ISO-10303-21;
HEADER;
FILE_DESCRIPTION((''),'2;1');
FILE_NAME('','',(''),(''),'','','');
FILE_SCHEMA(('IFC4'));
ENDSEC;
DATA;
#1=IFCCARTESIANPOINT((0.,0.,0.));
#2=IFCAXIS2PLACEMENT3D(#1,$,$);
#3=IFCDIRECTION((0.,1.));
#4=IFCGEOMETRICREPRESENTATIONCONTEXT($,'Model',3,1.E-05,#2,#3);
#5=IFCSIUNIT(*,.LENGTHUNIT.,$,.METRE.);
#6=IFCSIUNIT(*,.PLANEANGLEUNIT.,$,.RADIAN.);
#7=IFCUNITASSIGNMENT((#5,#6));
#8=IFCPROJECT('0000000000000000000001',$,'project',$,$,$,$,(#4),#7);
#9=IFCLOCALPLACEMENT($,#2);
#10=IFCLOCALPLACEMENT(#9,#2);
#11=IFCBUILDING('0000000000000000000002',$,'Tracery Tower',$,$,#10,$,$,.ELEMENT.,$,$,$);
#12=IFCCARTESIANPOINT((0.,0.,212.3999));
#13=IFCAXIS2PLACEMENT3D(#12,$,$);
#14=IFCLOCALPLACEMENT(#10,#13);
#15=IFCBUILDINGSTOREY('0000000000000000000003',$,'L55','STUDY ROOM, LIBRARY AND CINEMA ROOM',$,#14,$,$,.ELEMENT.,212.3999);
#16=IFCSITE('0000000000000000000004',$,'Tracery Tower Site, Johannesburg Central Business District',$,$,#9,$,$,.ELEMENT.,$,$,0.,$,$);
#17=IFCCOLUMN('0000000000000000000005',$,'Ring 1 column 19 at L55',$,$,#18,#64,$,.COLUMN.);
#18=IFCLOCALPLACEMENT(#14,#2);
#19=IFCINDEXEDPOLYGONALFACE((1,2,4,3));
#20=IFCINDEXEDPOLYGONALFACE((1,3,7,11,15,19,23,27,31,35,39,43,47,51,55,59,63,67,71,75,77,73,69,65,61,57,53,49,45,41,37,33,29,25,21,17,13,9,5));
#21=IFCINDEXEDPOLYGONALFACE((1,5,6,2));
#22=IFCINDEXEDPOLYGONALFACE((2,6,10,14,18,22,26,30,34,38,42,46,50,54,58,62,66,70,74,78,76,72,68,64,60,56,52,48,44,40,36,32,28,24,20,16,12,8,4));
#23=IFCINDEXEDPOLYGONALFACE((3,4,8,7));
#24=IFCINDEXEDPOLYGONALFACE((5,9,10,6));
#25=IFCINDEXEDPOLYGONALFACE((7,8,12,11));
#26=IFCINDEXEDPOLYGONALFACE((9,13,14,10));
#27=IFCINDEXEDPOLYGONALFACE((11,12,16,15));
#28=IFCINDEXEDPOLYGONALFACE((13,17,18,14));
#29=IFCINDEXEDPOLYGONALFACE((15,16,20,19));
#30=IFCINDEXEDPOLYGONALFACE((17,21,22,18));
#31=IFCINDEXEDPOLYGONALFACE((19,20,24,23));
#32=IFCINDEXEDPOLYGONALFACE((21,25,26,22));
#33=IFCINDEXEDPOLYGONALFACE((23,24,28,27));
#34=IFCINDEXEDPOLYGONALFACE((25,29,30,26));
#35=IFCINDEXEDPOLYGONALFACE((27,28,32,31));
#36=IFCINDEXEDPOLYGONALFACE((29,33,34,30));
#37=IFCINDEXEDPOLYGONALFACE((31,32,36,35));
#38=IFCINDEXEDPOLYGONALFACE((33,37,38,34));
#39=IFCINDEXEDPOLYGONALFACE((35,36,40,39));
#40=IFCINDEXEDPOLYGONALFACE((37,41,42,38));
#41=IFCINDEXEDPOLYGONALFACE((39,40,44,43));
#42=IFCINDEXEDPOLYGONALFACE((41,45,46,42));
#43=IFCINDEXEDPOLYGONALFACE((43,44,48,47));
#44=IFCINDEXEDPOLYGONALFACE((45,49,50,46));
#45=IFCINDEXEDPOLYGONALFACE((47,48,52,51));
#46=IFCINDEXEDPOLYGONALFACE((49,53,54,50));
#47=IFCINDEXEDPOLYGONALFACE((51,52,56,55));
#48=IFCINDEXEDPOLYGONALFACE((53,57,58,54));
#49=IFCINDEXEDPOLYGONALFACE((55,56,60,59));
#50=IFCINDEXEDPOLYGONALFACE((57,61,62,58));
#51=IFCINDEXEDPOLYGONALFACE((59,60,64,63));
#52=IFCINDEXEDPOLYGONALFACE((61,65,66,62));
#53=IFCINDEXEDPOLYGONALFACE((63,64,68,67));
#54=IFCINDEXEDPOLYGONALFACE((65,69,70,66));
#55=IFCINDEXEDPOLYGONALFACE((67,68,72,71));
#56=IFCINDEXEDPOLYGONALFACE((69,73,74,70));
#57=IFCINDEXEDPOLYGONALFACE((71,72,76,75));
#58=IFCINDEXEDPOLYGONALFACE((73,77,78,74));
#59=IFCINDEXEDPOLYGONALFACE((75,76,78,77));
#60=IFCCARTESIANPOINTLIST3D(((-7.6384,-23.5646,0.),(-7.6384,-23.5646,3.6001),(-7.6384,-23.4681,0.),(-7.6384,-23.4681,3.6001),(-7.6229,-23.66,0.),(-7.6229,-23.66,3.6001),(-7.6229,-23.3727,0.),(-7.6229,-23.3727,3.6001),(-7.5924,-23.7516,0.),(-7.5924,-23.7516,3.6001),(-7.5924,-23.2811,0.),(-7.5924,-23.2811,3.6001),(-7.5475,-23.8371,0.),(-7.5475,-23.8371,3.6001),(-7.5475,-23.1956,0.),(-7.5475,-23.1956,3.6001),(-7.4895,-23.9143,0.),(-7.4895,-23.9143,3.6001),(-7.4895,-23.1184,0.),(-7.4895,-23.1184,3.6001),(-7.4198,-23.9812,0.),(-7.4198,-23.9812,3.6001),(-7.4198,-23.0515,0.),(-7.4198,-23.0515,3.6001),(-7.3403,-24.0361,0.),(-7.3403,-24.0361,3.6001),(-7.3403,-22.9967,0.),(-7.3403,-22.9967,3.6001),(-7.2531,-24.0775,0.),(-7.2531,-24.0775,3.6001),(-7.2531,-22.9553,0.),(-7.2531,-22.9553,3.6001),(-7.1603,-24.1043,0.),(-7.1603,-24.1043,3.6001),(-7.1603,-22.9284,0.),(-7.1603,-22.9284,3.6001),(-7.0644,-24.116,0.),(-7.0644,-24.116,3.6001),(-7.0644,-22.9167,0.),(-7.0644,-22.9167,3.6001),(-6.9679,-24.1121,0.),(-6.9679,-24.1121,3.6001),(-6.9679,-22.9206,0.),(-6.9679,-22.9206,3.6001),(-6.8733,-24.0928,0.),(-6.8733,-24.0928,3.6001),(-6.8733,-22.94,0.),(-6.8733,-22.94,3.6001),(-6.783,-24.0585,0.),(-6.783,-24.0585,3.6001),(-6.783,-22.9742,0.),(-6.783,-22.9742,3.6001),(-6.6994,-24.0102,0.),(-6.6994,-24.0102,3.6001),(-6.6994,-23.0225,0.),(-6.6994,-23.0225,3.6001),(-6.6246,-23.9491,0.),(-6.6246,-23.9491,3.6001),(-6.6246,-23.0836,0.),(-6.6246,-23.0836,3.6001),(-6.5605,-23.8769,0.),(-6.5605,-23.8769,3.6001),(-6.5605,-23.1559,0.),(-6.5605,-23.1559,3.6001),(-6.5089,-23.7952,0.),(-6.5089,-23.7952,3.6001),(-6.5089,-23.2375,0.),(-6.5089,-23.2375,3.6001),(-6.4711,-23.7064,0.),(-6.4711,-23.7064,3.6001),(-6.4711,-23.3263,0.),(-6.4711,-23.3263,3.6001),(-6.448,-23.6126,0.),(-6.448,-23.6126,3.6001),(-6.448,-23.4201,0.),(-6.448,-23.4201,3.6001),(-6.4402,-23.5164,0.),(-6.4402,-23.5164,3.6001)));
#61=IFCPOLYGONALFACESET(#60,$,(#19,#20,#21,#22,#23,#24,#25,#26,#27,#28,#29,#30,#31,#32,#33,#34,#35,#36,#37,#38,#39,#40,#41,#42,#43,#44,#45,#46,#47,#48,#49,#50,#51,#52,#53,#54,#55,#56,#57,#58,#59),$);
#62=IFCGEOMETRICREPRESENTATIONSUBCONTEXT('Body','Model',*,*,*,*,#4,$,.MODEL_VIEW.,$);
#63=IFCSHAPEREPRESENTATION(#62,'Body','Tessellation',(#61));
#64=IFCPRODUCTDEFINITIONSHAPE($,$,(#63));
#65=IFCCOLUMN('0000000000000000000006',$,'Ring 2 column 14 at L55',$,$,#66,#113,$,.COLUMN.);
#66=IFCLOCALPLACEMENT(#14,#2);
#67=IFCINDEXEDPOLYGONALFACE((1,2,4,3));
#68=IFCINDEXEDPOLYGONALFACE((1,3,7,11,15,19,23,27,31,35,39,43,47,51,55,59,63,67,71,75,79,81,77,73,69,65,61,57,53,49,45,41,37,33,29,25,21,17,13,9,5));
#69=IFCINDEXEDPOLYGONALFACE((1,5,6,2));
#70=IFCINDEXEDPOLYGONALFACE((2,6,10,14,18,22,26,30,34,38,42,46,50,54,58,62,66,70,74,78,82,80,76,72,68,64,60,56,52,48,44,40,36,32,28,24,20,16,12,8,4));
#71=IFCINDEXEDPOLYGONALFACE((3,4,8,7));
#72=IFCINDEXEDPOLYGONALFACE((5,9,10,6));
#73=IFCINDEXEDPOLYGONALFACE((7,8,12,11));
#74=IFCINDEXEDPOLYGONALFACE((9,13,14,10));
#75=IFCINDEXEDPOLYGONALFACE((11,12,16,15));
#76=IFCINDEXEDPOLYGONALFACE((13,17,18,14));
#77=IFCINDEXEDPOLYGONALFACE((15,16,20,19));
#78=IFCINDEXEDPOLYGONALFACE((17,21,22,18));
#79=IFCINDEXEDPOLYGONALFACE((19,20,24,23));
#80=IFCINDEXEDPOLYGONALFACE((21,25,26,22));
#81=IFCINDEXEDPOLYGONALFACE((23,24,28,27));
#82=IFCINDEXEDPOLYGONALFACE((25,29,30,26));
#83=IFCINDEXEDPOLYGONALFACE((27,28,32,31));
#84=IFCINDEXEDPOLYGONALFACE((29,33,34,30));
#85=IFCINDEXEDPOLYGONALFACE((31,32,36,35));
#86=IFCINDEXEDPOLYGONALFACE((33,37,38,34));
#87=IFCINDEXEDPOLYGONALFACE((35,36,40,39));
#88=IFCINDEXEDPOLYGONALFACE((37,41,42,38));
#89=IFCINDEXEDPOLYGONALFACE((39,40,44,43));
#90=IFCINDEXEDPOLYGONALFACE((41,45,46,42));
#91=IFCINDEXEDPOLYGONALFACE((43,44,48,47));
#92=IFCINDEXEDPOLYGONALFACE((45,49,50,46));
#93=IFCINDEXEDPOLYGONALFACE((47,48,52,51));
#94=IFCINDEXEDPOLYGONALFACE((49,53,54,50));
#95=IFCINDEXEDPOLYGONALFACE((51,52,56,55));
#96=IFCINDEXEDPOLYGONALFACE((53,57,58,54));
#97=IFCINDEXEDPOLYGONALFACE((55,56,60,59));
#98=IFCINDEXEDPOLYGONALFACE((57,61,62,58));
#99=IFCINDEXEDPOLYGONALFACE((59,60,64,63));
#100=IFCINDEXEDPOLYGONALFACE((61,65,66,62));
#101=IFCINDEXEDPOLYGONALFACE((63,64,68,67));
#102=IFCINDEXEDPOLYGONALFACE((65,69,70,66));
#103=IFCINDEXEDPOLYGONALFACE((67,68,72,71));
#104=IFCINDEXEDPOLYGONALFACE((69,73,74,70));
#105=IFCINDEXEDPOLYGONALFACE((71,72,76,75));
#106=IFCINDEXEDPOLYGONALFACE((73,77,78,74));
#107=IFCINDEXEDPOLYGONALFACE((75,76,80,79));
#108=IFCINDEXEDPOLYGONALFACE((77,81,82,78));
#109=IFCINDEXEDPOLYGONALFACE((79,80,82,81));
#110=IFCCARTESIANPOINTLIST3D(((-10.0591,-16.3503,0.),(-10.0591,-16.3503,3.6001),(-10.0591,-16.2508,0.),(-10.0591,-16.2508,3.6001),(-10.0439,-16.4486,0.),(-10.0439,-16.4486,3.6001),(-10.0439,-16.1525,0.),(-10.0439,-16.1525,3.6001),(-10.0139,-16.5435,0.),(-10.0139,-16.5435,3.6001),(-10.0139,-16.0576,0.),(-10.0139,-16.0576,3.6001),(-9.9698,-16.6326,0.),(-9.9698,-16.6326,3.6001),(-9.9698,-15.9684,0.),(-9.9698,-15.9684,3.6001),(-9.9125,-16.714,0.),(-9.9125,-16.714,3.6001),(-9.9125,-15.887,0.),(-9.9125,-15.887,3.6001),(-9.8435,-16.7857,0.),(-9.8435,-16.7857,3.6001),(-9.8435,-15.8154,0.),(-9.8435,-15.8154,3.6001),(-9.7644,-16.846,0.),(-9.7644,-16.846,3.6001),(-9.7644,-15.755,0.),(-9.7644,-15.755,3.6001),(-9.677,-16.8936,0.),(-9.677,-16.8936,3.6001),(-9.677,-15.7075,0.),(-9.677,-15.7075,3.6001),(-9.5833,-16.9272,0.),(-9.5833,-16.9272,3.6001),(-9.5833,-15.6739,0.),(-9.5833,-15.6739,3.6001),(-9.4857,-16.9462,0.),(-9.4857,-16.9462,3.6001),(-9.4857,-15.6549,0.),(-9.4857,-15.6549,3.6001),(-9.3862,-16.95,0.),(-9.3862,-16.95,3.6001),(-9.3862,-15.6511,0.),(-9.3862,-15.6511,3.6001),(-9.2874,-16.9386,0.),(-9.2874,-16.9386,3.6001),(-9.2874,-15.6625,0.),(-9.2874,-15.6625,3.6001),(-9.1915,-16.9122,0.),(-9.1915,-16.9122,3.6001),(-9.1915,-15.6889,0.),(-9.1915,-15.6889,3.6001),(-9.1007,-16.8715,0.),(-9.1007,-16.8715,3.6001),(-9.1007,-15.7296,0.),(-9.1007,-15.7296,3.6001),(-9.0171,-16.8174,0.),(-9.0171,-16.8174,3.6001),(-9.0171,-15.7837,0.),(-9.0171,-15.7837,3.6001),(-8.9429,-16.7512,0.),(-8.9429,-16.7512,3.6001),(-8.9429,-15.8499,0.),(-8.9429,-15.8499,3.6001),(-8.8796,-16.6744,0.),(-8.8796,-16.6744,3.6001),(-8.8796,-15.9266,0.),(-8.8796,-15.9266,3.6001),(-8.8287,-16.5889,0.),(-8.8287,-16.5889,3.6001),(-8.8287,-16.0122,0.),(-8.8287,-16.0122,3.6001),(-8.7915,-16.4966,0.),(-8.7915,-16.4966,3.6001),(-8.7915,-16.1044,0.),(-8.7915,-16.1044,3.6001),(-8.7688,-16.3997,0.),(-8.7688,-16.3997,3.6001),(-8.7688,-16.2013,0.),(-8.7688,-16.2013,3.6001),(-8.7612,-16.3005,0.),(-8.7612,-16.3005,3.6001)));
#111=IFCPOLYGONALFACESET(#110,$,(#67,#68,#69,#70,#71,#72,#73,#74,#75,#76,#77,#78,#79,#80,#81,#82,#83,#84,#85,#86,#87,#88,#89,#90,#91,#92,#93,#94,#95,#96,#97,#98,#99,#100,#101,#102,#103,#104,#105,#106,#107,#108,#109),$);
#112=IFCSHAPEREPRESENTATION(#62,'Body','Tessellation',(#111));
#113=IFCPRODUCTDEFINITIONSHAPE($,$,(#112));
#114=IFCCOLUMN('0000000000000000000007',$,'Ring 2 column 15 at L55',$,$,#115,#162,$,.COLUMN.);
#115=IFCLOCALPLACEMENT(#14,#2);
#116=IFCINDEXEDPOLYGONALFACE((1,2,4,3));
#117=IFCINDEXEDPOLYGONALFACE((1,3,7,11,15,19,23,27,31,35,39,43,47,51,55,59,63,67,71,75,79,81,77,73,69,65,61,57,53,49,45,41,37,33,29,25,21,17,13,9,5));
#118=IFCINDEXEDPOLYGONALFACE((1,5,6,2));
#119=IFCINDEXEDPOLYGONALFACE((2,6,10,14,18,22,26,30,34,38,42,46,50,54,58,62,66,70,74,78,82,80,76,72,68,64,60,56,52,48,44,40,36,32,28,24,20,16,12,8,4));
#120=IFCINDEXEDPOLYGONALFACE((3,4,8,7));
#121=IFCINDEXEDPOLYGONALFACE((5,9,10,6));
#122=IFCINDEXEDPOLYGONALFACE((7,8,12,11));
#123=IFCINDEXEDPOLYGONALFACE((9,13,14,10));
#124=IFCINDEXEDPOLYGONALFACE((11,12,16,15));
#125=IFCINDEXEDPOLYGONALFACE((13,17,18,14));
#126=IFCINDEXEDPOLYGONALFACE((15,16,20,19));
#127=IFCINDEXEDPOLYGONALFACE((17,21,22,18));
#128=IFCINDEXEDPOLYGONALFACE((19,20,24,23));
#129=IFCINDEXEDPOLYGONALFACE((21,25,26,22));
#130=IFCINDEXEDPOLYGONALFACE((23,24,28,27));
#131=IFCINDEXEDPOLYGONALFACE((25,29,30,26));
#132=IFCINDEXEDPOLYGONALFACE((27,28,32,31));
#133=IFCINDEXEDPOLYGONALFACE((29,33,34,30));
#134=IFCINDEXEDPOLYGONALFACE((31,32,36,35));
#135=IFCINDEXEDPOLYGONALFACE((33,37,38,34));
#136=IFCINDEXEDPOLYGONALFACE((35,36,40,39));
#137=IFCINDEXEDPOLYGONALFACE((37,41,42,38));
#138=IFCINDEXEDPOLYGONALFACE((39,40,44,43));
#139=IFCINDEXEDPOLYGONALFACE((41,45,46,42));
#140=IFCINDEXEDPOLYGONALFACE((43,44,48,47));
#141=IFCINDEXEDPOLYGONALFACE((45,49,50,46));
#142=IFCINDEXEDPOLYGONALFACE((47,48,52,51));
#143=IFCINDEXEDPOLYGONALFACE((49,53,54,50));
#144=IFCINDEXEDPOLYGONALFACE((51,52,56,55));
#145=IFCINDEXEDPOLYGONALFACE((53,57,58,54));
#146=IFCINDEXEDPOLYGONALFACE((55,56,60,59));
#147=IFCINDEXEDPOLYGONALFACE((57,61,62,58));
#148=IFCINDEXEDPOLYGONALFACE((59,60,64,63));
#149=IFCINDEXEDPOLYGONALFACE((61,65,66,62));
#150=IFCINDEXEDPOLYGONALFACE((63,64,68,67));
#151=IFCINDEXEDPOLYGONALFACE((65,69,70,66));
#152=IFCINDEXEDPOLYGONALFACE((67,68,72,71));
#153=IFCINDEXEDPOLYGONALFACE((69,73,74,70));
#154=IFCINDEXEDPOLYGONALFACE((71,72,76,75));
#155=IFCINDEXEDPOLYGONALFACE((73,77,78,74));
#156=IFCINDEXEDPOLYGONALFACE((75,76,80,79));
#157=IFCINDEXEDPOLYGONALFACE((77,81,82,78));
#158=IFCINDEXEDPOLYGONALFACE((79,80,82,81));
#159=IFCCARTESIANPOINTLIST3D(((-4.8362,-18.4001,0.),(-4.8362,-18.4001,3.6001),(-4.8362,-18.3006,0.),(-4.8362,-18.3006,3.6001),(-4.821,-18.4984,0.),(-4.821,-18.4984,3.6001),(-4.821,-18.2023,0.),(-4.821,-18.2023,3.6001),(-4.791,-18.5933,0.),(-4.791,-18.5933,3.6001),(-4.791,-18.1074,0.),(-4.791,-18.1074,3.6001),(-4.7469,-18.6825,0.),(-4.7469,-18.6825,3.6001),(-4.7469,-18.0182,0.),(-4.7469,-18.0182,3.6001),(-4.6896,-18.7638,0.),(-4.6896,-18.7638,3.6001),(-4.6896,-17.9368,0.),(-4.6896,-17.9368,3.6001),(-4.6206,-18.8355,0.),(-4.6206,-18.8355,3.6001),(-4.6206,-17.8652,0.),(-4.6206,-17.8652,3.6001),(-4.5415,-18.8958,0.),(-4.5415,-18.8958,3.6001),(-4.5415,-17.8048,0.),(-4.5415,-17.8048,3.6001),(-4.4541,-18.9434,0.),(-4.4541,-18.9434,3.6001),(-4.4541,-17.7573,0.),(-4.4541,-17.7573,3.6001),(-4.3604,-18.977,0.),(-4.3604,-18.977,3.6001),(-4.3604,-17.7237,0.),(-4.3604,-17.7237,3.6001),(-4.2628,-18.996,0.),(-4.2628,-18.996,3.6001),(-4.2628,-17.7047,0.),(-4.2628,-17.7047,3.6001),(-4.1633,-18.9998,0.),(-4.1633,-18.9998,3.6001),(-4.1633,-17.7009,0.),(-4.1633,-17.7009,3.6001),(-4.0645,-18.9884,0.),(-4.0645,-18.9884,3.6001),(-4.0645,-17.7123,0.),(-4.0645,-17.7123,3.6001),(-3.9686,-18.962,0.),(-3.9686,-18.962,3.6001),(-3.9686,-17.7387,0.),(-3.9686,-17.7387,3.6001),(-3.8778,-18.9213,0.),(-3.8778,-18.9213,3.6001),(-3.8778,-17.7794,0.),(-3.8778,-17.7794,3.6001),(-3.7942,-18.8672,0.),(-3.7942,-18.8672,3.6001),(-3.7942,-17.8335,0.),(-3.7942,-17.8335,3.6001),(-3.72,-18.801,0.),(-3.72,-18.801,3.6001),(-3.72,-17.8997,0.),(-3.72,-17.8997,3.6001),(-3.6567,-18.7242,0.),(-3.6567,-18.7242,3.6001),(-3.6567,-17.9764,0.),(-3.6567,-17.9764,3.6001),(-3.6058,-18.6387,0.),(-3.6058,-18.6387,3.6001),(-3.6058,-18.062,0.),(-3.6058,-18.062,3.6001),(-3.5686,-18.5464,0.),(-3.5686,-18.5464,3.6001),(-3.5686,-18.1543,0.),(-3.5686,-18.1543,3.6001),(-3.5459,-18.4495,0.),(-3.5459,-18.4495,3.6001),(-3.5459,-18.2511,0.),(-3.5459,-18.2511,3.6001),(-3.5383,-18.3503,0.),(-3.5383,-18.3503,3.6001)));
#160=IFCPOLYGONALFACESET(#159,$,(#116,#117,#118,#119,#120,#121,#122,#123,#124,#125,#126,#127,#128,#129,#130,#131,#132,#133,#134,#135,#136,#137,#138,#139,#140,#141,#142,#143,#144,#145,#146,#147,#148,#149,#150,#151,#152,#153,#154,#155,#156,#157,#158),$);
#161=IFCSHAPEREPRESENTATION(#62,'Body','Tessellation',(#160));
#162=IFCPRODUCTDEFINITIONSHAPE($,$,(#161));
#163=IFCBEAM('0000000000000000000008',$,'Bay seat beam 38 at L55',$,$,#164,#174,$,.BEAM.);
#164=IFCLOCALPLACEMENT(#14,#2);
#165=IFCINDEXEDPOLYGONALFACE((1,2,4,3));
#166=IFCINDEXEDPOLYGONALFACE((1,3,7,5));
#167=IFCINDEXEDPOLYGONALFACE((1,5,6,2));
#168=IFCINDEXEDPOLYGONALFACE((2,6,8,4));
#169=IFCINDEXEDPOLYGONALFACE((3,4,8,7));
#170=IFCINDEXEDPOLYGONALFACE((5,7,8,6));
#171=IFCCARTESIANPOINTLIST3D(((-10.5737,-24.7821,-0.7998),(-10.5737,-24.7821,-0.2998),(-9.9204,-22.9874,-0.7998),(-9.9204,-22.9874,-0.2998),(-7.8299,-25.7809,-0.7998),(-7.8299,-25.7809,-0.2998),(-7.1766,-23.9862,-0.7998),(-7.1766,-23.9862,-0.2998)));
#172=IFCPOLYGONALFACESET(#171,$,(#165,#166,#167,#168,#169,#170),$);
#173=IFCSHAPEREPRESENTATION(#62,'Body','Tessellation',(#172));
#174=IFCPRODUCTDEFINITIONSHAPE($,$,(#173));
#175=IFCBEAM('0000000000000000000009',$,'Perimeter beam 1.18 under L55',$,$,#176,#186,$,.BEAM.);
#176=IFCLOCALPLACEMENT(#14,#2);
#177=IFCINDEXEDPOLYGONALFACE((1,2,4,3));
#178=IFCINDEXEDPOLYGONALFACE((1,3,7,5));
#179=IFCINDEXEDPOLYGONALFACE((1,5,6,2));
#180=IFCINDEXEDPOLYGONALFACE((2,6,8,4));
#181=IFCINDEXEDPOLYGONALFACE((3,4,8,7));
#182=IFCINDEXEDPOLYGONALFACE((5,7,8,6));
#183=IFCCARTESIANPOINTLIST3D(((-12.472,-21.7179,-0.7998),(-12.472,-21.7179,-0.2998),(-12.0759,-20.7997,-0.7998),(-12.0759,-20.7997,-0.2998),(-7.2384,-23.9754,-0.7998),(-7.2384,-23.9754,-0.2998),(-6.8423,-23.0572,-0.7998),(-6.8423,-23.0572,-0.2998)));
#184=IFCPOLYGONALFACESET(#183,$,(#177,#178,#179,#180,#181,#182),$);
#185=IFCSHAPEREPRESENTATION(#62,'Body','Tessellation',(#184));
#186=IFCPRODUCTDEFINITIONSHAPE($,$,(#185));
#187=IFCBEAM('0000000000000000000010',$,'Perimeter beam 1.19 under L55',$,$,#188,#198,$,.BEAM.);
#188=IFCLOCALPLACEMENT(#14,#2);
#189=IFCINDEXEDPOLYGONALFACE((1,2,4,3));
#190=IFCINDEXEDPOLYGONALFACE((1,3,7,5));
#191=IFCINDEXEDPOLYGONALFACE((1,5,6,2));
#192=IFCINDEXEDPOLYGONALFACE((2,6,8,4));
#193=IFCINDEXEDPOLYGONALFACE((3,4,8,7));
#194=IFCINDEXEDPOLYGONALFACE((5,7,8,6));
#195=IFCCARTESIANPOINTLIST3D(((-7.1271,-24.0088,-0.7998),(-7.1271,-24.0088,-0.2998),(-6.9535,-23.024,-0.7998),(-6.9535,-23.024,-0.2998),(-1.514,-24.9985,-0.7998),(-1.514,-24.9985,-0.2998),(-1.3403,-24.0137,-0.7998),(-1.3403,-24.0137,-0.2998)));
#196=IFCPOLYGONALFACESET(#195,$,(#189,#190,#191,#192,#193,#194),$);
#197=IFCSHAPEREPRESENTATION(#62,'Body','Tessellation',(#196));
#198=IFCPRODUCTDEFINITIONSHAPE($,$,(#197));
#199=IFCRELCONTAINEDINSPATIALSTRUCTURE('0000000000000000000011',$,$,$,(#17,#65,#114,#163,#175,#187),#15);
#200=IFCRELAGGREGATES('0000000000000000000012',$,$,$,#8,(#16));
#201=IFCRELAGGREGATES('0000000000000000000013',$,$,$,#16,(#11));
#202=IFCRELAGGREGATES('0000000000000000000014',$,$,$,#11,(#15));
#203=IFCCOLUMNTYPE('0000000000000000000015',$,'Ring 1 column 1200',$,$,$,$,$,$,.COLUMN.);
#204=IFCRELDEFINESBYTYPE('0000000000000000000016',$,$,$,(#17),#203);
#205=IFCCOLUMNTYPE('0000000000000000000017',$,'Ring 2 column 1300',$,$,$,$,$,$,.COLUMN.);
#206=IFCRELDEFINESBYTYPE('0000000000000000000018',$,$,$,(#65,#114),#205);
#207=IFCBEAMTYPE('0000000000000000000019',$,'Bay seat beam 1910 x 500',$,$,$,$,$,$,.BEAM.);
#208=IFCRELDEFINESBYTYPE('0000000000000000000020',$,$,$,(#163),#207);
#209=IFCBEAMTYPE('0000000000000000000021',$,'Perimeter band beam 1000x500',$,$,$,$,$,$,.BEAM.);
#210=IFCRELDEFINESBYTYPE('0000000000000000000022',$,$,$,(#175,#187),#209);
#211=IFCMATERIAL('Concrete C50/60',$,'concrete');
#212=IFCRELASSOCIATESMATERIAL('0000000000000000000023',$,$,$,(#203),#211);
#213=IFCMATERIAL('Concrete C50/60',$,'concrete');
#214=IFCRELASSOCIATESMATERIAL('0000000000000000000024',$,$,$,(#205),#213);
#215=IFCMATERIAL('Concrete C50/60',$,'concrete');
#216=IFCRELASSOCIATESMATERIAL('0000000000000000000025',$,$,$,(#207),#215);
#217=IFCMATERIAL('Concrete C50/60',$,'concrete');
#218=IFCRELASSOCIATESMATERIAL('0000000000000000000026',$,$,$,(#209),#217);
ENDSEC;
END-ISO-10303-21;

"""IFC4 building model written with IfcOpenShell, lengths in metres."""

from ifc_helpers import new_model, si_unit, direction, frame, origin, origin_2d, place, context, subcontext, project, spatial, rectangle, circle, extrude, material, material_profile, profile_set, type_object, element, save


model = new_model("IFC4")

# Units and contexts
model_context = context("Model", 3, precision=1e-05, world=origin(), true_north=direction((0.0, 1.0)))
body_context = subcontext(model_context, "Body", "Model", "MODEL_VIEW")
ifc_project = project(units=[si_unit("LENGTHUNIT", "METRE"), si_unit("PLANEANGLEUNIT", "RADIAN")], contexts=[model_context])

# Site, building, storey
site_placement = place(None, origin())
site = spatial("IfcSite", under=ifc_project, at=site_placement, Name="Tracery Tower Site, Johannesburg Central Business District", CompositionType="ELEMENT", RefElevation=0.0)
building_placement = place(site_placement, origin())
building = spatial("IfcBuilding", under=site, at=building_placement, Name="Tracery Tower", CompositionType="ELEMENT")
storey_placement = place(building_placement, frame((0.0, 0.0, 212.3999)))
storey = spatial("IfcBuildingStorey", under=building, at=storey_placement, Name="L55", Description="STUDY ROOM, LIBRARY AND CINEMA ROOM", CompositionType="ELEMENT", Elevation=212.3999)

# Columns
ifc_material_1 = material(Name="Concrete C50/60", Category="concrete")
ifc_material_profile_1 = material_profile(ifc_material_1, circle(Radius=0.6001, at=origin_2d()), Name="RC D1200")
ifc_profile_set_1 = profile_set([ifc_material_profile_1], Name="Concrete C50/60")
column_type_1 = type_object("IfcColumnType", Name="Ring 1 column 1200", PredefinedType="COLUMN", material=ifc_profile_set_1)
column_placement = place(storey_placement, frame((-7.0403, -23.5164, 0.0), z_axis=(0.0, 0.0, 1.0), x_axis=(1.0, 0.0, 0.0)))
element("IfcColumn", 1, at=column_placement, inside=storey, type_object=column_type_1, Name="Ring 1 column 19 at L55", PredefinedType="COLUMN", context=body_context, shape_type="SweptSolid", body=[
    extrude(circle(Radius=0.6001, at=origin_2d()), origin(), (0.0, 0.0, 1.0), 3.6001),
])
ifc_material_2 = material(Name="Concrete C50/60", Category="concrete")
ifc_material_profile_2 = material_profile(ifc_material_2, circle(Radius=0.6499, at=origin_2d()), Name="RC D1300")
ifc_profile_set_2 = profile_set([ifc_material_profile_2], Name="Concrete C50/60")
column_type_2 = type_object("IfcColumnType", Name="Ring 2 column 1300", PredefinedType="COLUMN", material=ifc_profile_set_2)
for number, where, z_axis, x_axis, name in (
    (2, (-9.4111, -16.3005, 0.0), (0.0, 0.0, 1.0), (1.0, 0.0, 0.0), "Ring 2 column 14 at L55"),
    (3, (-4.1882, -18.3503, 0.0), (0.0, 0.0, 1.0), (1.0, 0.0, 0.0), "Ring 2 column 15 at L55"),
):
    element("IfcColumn", number, at=place(storey_placement, frame(where, z_axis=z_axis, x_axis=x_axis)), inside=storey, type_object=column_type_2, Name=name, PredefinedType="COLUMN", context=body_context, shape_type="SweptSolid", body=[
        extrude(circle(Radius=0.6499, at=origin_2d()), origin(), (0.0, 0.0, 1.0), 3.6001),
    ])

# Beams
ifc_material_3 = material(Name="Concrete C50/60", Category="concrete")
ifc_material_profile_3 = material_profile(ifc_material_3, rectangle(XDim=1.9099, YDim=0.5, at=origin_2d()), Name="RC 1910x500")
ifc_profile_set_3 = profile_set([ifc_material_profile_3], Name="Concrete C50/60")
beam_type_1 = type_object("IfcBeamType", Name="Bay seat beam 1910 x 500", PredefinedType="BEAM", material=ifc_profile_set_3)
beam_placement = place(storey_placement, frame((-10.2471, -23.8848, -0.5498), z_axis=(0.939684, -0.342045, 0.0), x_axis=(0.342045, 0.939684, 0.0)))
element("IfcBeam", 4, at=beam_placement, inside=storey, type_object=beam_type_1, Name="Bay seat beam 38 at L55", PredefinedType="BEAM", context=body_context, shape_type="SweptSolid", body=[
    extrude(rectangle(XDim=1.9099, YDim=0.5, at=origin_2d()), origin(), (0.0, 0.0, 1.0), 2.9199),
])
ifc_material_4 = material(Name="Concrete C50/60", Category="concrete")
ifc_material_profile_4 = material_profile(ifc_material_4, rectangle(XDim=1.0, YDim=0.5, at=origin_2d()), Name="RC 1000x500")
ifc_profile_set_4 = profile_set([ifc_material_profile_4], Name="Concrete C50/60")
beam_type_2 = type_object("IfcBeamType", Name="Perimeter band beam 1000x500", PredefinedType="BEAM", material=ifc_profile_set_4)
for number, where, z_axis, x_axis, name in (
    (5, (-12.2739, -21.2588, -0.5498), (0.918216, -0.396079, 0.0), (0.396079, 0.918216, 0.0), "Perimeter beam 1.18 under L55"),
    (6, (-7.0403, -23.5164, -0.5498), (0.984807, -0.173651, 0.0), (0.173651, 0.984807, 0.0), "Perimeter beam 1.19 under L55"),
):
    element("IfcBeam", number, at=place(storey_placement, frame(where, z_axis=z_axis, x_axis=x_axis)), inside=storey, type_object=beam_type_2, Name=name, PredefinedType="BEAM", context=body_context, shape_type="SweptSolid", body=[
        extrude(rectangle(XDim=1.0, YDim=0.5, at=origin_2d()), origin(), (0.0, 0.0, 1.0), 5.6997),
    ])

save(model, "model.ifc")
